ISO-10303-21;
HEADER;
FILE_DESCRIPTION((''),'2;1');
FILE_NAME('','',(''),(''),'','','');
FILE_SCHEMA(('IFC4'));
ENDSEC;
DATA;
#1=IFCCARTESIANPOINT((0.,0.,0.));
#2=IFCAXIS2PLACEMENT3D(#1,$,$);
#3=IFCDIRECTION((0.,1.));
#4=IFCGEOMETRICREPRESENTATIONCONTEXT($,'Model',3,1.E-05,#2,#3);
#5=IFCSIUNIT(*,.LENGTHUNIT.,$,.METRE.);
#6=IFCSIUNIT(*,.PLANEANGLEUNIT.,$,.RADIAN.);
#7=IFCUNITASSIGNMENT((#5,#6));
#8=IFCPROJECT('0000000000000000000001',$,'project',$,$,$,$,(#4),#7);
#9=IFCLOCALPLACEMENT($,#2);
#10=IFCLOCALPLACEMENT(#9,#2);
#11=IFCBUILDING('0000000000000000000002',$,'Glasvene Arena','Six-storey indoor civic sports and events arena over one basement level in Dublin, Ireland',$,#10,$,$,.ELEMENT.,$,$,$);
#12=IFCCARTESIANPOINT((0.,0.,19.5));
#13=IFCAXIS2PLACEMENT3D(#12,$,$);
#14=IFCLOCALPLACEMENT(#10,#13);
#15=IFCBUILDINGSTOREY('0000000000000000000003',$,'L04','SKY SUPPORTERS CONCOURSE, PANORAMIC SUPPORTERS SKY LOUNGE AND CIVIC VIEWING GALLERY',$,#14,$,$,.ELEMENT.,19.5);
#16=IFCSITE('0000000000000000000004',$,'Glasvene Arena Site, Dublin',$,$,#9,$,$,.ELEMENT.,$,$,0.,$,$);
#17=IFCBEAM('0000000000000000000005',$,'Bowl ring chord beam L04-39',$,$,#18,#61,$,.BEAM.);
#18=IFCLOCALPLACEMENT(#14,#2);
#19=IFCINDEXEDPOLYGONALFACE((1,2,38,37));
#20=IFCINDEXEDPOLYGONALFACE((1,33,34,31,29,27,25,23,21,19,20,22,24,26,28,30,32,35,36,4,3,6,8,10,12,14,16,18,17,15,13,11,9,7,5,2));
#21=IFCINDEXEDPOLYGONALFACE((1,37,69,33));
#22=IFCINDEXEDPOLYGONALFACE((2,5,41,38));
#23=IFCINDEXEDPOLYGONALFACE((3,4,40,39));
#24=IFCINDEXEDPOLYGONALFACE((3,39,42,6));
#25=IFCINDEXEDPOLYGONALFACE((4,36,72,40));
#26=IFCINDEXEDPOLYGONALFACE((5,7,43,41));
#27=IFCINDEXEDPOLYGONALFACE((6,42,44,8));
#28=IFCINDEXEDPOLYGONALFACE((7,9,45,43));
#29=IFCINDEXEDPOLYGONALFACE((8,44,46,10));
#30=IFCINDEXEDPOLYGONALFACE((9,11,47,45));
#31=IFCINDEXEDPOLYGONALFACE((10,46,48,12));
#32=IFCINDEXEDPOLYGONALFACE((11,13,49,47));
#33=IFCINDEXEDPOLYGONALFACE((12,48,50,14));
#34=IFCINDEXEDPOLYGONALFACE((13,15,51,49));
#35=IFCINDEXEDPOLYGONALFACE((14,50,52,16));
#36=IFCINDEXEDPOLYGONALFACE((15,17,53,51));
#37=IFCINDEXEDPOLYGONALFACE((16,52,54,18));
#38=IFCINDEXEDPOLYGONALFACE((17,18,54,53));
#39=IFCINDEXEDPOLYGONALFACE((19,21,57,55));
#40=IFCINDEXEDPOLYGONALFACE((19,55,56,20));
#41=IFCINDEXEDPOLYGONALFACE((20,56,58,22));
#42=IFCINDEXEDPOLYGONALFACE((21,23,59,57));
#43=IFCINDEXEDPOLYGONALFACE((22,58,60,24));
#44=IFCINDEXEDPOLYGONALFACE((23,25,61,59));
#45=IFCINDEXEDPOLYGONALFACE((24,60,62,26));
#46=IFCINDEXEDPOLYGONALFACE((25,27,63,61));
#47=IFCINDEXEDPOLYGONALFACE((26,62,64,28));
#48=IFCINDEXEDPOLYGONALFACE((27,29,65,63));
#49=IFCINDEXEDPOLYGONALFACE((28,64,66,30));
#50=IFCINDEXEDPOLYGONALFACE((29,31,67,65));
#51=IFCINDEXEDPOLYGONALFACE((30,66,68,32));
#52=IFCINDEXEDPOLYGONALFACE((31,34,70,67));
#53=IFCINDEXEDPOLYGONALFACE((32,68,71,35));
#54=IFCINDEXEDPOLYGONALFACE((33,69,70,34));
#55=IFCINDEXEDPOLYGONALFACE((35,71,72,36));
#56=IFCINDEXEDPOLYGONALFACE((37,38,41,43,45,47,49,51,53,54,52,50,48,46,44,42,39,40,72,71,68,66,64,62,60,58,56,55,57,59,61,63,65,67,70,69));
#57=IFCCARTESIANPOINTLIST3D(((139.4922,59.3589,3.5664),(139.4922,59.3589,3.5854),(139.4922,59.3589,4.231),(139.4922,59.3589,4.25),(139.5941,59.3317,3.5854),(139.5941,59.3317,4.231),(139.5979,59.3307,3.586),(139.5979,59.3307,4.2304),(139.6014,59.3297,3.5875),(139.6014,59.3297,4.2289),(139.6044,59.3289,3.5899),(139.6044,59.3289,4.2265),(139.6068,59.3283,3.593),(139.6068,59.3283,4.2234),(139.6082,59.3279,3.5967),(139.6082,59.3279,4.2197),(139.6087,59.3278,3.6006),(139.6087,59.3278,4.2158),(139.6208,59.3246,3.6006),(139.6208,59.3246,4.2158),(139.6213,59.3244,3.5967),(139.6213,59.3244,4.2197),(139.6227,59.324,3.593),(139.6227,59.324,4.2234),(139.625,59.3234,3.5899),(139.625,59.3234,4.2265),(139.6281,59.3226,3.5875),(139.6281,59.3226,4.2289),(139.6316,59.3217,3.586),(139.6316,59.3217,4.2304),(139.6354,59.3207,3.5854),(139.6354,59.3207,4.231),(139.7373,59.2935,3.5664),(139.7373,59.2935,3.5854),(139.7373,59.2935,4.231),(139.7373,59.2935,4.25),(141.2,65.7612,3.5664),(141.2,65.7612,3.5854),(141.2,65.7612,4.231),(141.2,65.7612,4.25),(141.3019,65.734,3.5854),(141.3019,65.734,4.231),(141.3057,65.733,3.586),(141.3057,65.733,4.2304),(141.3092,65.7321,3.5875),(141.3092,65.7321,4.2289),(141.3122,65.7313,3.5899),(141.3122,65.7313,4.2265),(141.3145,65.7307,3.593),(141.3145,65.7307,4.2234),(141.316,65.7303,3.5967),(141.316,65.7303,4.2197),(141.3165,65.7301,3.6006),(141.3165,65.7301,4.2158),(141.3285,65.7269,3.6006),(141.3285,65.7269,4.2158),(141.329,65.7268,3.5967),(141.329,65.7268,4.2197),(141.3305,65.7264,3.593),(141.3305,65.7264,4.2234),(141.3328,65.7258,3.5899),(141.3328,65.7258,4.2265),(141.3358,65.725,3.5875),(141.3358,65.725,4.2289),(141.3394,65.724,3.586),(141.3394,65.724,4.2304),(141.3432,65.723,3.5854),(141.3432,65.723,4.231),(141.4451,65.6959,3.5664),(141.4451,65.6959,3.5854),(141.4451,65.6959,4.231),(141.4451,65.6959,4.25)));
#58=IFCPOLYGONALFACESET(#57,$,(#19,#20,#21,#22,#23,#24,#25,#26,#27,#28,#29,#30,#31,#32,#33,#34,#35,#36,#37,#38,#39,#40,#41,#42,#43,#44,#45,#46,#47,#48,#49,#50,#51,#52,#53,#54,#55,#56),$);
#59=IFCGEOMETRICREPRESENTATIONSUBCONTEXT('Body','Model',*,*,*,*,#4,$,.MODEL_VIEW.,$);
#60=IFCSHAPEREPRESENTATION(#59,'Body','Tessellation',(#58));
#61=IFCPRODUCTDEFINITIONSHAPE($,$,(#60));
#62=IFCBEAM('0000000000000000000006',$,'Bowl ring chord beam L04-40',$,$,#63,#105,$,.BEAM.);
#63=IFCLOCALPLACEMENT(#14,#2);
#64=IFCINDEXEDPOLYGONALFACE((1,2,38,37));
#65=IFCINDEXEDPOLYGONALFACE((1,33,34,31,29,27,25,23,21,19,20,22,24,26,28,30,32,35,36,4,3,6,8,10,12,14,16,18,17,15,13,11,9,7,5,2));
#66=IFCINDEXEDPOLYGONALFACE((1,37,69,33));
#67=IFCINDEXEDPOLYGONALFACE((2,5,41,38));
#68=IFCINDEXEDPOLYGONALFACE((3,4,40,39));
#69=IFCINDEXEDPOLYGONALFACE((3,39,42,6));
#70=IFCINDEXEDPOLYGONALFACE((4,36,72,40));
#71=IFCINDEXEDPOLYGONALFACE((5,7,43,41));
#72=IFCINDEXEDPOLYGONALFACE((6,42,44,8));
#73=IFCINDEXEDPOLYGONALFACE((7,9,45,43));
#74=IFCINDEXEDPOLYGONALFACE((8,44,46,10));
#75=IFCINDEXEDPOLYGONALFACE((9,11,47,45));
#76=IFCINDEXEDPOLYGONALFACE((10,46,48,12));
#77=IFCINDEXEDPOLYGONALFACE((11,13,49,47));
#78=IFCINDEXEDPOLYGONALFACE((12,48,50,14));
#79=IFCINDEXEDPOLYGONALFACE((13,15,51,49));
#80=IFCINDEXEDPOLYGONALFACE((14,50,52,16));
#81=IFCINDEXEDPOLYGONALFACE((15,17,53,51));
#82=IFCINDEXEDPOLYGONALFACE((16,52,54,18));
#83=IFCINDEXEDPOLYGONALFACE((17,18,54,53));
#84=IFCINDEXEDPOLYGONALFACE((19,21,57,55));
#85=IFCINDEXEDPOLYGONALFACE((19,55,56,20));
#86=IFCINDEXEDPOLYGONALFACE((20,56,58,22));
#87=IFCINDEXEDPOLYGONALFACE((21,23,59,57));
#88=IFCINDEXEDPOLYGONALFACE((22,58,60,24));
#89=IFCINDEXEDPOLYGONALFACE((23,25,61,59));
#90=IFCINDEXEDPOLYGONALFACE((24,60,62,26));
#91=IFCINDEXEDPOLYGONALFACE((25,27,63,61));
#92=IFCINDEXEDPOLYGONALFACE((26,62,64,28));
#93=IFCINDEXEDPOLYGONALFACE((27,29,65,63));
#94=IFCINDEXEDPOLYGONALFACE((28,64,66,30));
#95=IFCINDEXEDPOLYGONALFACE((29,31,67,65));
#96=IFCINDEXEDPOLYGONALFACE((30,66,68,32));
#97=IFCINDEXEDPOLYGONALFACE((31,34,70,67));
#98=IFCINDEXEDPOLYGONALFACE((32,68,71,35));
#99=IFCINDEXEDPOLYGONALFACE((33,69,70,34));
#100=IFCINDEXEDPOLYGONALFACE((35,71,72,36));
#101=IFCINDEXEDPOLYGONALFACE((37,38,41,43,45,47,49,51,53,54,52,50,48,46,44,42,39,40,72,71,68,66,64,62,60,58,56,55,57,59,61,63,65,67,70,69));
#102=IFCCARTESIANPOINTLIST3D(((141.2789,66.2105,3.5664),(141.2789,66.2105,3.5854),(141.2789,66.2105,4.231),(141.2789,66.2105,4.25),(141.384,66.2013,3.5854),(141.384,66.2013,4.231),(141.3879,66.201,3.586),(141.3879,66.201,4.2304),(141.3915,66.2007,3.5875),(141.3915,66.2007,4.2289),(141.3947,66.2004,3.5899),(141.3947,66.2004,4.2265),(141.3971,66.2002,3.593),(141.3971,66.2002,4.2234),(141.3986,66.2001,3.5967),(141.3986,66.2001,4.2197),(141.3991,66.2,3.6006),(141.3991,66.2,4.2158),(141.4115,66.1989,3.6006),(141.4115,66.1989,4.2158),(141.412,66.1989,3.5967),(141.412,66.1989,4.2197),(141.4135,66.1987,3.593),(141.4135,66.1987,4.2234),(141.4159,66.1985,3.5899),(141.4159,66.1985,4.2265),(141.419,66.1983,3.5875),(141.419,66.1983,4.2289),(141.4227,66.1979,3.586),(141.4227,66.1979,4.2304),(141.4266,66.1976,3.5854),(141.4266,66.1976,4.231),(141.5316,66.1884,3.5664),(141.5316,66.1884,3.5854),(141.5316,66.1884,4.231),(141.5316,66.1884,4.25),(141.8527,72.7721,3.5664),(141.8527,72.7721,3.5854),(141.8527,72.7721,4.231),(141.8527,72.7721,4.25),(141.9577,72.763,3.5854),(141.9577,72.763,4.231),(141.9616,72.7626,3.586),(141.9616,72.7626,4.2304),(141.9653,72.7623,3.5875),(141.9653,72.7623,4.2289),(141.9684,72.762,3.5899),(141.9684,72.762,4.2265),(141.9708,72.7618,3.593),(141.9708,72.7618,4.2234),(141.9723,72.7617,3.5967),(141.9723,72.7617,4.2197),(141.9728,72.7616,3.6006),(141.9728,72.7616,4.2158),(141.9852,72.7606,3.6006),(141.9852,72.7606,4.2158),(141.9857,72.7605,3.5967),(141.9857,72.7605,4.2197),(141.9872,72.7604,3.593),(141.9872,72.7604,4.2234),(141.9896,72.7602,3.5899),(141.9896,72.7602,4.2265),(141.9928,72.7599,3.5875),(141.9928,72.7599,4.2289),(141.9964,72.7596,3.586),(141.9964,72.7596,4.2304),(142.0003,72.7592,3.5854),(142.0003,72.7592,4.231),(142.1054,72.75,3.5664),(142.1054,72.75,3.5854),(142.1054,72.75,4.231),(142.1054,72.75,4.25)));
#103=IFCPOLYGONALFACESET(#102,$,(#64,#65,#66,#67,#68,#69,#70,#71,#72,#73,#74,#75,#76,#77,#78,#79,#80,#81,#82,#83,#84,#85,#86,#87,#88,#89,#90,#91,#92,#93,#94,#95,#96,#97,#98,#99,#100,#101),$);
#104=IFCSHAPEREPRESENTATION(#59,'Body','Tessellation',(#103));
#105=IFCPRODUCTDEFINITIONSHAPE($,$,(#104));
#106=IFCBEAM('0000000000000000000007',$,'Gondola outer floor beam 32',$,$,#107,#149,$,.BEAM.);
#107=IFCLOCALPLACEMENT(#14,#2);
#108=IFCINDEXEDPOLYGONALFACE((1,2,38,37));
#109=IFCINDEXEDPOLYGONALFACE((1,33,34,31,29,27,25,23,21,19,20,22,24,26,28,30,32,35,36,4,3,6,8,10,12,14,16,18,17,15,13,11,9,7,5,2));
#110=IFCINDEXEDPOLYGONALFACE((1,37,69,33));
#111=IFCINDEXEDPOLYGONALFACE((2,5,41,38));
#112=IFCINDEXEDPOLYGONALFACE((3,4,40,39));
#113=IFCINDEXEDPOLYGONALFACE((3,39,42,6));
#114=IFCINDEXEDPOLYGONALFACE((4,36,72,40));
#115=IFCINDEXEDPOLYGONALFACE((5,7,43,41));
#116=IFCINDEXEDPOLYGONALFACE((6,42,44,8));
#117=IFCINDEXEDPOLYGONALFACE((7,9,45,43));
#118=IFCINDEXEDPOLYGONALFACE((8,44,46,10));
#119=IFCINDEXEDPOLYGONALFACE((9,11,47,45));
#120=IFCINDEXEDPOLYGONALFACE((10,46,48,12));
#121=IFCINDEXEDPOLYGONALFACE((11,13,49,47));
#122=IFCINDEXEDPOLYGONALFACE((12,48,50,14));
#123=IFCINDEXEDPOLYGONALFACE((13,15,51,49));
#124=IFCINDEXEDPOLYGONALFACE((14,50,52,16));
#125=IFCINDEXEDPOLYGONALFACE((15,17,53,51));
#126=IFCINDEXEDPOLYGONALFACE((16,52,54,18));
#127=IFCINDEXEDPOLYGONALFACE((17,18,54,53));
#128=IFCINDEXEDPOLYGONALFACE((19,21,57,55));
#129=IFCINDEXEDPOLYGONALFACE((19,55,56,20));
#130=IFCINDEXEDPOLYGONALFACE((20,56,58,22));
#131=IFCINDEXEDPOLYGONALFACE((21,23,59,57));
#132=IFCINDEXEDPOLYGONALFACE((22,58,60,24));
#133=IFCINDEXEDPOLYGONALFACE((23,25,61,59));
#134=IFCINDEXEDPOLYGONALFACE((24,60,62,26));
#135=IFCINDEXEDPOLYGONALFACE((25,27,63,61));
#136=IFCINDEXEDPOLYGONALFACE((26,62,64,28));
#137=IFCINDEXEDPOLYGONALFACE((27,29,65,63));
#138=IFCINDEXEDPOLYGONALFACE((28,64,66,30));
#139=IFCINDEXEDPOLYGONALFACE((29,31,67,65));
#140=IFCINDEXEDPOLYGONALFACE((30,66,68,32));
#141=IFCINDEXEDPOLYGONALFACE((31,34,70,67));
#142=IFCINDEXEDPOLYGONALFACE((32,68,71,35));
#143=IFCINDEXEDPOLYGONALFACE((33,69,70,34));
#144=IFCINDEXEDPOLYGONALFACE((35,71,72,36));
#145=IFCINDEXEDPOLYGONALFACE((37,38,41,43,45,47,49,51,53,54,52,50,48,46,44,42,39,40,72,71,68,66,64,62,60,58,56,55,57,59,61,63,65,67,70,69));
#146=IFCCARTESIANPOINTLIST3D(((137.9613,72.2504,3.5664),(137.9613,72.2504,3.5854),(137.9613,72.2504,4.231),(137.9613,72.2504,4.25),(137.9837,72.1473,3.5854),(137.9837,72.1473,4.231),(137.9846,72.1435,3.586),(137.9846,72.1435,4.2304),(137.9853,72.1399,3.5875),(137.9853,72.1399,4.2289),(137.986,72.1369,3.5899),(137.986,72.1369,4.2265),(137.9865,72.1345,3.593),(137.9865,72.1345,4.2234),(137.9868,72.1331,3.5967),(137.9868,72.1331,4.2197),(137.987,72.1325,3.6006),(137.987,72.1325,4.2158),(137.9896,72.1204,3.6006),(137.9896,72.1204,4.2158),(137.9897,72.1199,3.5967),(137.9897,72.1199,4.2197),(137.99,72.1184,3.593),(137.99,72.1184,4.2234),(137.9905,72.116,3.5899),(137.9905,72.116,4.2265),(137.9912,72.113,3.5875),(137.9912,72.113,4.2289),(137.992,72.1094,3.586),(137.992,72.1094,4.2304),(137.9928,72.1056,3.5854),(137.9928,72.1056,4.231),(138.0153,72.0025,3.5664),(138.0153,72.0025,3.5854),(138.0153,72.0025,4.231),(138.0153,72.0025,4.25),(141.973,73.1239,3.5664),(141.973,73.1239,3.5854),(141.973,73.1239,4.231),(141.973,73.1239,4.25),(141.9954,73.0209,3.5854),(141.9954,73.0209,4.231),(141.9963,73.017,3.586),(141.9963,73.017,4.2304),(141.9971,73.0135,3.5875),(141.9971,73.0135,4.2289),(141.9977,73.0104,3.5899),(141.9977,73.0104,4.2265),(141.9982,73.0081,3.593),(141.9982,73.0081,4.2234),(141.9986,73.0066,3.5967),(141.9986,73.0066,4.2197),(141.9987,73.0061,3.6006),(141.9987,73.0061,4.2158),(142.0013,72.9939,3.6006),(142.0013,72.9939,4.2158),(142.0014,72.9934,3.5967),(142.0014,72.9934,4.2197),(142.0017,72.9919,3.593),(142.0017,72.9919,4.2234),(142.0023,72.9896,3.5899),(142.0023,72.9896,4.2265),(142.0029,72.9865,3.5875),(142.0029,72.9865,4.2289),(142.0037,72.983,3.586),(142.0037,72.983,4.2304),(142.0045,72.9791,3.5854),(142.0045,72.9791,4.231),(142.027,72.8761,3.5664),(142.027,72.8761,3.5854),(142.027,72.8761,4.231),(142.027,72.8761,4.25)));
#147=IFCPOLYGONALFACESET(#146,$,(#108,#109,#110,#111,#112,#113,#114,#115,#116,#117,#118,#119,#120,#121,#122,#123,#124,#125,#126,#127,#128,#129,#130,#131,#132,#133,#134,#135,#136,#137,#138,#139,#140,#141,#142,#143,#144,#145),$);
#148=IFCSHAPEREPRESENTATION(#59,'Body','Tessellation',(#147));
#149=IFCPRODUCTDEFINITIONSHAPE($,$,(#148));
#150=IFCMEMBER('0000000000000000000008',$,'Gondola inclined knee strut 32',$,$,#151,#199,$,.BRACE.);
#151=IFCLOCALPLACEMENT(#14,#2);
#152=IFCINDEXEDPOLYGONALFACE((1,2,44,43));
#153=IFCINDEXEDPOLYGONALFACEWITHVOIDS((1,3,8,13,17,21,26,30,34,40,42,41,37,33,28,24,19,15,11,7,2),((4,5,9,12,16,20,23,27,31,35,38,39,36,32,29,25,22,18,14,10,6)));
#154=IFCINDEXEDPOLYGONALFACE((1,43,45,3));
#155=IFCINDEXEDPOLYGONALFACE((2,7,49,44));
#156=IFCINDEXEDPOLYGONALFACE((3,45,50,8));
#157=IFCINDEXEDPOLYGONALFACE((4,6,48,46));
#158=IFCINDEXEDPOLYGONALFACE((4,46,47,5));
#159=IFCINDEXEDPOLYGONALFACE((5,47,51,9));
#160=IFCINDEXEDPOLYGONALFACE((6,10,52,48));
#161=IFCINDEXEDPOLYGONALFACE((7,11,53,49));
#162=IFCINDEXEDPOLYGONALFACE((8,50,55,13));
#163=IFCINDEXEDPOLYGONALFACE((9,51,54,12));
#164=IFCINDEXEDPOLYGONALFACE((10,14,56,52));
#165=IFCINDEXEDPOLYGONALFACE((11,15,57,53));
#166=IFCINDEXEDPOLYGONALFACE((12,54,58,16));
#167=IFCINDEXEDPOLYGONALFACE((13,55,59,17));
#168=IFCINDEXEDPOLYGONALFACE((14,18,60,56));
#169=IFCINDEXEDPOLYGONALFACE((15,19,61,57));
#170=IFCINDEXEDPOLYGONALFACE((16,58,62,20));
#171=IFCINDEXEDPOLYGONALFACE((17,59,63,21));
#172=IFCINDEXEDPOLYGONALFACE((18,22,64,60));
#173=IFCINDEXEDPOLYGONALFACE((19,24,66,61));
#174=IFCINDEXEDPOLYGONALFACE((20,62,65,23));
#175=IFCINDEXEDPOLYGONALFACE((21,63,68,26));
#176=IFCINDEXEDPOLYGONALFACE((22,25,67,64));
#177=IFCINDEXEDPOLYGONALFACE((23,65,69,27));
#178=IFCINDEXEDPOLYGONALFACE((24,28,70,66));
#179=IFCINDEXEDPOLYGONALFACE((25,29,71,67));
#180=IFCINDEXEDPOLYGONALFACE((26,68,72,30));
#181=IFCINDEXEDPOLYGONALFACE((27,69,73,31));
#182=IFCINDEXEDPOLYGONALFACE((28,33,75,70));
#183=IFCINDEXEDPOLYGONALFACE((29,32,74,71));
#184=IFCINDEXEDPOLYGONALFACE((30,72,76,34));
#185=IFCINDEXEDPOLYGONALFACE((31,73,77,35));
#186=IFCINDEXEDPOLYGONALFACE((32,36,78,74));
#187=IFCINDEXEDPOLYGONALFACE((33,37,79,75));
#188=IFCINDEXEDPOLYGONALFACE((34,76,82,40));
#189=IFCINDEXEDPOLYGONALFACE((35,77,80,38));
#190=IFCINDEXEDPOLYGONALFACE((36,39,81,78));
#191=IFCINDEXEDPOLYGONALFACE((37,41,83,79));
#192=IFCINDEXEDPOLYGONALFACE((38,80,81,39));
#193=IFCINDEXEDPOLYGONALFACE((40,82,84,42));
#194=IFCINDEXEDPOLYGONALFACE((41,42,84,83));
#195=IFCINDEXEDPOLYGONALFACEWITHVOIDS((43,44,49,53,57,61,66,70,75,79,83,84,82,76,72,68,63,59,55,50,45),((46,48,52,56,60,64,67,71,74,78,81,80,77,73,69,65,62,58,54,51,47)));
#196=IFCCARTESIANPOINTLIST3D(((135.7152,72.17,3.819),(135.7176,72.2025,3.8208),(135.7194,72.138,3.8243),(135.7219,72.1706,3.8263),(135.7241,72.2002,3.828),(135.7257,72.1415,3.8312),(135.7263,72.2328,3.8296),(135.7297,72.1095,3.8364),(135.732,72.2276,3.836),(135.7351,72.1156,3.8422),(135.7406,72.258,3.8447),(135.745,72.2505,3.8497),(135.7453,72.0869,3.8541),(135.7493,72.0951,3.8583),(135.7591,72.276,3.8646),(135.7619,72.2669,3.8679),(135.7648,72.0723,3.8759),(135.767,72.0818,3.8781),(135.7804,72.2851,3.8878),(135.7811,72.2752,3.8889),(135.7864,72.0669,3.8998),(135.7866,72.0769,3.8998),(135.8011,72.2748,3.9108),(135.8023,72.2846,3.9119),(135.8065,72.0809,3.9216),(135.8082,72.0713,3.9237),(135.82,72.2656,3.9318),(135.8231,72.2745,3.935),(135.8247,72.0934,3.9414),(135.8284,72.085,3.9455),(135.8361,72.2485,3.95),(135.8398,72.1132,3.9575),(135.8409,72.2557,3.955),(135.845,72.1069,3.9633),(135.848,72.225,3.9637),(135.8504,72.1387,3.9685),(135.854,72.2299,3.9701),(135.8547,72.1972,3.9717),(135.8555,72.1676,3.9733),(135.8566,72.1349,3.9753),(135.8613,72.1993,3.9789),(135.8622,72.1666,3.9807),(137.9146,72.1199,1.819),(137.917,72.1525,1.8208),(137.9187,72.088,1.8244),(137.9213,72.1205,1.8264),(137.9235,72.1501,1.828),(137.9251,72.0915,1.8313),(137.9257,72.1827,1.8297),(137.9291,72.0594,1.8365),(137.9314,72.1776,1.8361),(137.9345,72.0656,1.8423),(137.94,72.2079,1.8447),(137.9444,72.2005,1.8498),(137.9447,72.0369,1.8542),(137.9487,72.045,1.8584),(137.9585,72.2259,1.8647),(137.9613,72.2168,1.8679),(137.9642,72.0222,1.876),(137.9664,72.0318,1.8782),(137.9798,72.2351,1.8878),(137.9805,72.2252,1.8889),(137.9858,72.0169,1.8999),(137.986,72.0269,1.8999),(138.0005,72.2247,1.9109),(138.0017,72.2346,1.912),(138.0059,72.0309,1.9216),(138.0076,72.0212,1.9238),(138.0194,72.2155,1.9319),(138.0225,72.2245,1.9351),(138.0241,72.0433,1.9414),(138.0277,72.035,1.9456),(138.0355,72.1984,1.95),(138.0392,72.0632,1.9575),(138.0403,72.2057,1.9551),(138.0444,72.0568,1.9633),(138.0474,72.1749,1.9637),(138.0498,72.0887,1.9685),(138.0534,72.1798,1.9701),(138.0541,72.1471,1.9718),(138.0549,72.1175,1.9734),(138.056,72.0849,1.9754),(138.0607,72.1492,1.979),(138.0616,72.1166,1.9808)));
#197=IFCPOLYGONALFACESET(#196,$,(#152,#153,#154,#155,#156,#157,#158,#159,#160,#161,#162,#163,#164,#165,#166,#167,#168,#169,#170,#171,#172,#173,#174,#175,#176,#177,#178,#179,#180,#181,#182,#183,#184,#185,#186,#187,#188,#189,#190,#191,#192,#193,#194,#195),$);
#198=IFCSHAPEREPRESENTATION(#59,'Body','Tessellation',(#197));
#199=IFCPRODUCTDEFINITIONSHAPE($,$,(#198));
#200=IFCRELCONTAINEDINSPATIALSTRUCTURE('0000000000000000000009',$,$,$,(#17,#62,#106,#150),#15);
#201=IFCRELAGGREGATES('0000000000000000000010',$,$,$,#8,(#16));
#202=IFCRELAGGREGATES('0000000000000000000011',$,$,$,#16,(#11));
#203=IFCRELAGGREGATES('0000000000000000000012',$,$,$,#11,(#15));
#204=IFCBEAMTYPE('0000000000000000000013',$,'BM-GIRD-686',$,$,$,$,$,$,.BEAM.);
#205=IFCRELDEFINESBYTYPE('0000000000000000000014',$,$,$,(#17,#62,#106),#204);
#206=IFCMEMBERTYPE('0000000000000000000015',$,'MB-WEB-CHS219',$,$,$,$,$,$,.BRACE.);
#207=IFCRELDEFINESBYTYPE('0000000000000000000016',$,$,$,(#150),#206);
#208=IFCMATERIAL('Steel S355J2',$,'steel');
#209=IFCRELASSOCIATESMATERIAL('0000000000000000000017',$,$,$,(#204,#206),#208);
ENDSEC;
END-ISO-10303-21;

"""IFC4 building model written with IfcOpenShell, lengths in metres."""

from ifc_helpers import new_model, si_unit, direction, frame, origin, origin_2d, place, context, subcontext, project, spatial, hollow_circle, i_section, extrude, material, material_profile, profile_set, type_object, element, save


model = new_model("IFC4")

# Units and contexts
model_context = context("Model", 3, precision=1e-05, world=origin(), true_north=direction((0.0, 1.0)))
body_context = subcontext(model_context, "Body", "Model", "MODEL_VIEW")
ifc_project = project(units=[si_unit("LENGTHUNIT", "METRE"), si_unit("PLANEANGLEUNIT", "RADIAN")], contexts=[model_context])

# Site, building, storey
site_placement = place(None, origin())
site = spatial("IfcSite", under=ifc_project, at=site_placement, Name="Glasvene Arena Site, Dublin", CompositionType="ELEMENT", RefElevation=0.0)
building_placement = place(site_placement, origin())
building = spatial("IfcBuilding", under=site, at=building_placement, Name="Glasvene Arena", Description="Six-storey indoor civic sports and events arena over one basement level in Dublin, Ireland", CompositionType="ELEMENT")
storey_placement = place(building_placement, frame((0.0, 0.0, 19.5)))
storey = spatial("IfcBuildingStorey", under=building, at=storey_placement, Name="L04", Description="SKY SUPPORTERS CONCOURSE, PANORAMIC SUPPORTERS SKY LOUNGE AND CIVIC VIEWING GALLERY", CompositionType="ELEMENT", Elevation=19.5)

# Shared definitions
ifc_material_1 = material(Name="Steel S355J2", Category="steel")

# Beams
ifc_material_profile_1 = material_profile(ifc_material_1, i_section(OverallWidth=0.2537, OverallDepth=0.6836, WebThickness=0.0125, FlangeThickness=0.019, FilletRadius=0.0151, at=origin_2d()), Name="UKB 686x254x140")
ifc_profile_set_1 = profile_set([ifc_material_profile_1], Name="Steel S355J2")
beam_type = type_object("IfcBeamType", Name="BM-GIRD-686", PredefinedType="BEAM", material=ifc_profile_set_1)
beam_1_placement = place(storey_placement, frame((139.6147, 59.3262, 3.9082), z_axis=(0.257729, 0.966217, 0.0), x_axis=(-0.966217, 0.257729, 0.0)))
element("IfcBeam", 1, at=beam_1_placement, inside=storey, type_object=beam_type, Name="Bowl ring chord beam L04-39", PredefinedType="BEAM", context=body_context, shape_type="SweptSolid", body=[
    extrude(i_section(OverallWidth=0.2537, OverallDepth=0.6836, WebThickness=0.0125, FlangeThickness=0.019, FilletRadius=0.0151, at=origin_2d()), origin(), (0.0, 0.0, 1.0), 6.6262),
])
beam_2_placement = place(storey_placement, frame((141.4053, 66.1995, 3.9082), z_axis=(0.087106, 0.996199, 0.0), x_axis=(-0.996199, 0.087106, 0.0)))
element("IfcBeam", 2, at=beam_2_placement, inside=storey, type_object=beam_type, Name="Bowl ring chord beam L04-40", PredefinedType="BEAM", context=body_context, shape_type="SweptSolid", body=[
    extrude(i_section(OverallWidth=0.2537, OverallDepth=0.6836, WebThickness=0.0125, FlangeThickness=0.019, FilletRadius=0.0151, at=origin_2d()), origin(), (0.0, 0.0, 1.0), 6.5867),
])
beam_3_placement = place(storey_placement, frame((137.9883, 72.1265, 3.9082), z_axis=(0.977104, 0.21276, 0.0), x_axis=(-0.21276, 0.977104, 0.0)))
element("IfcBeam", 3, at=beam_3_placement, inside=storey, type_object=beam_type, Name="Gondola outer floor beam 32", PredefinedType="BEAM", context=body_context, shape_type="SweptSolid", body=[
    extrude(i_section(OverallWidth=0.2537, OverallDepth=0.6836, WebThickness=0.0125, FlangeThickness=0.019, FilletRadius=0.0151, at=origin_2d()), origin(), (0.0, 0.0, 1.0), 4.1057),
])

# Member
ifc_material_profile_2 = material_profile(ifc_material_1, hollow_circle(Radius=0.1096, WallThickness=0.01, at=origin_2d()), Name="CHS 219.1x10.0")
ifc_profile_set_2 = profile_set([ifc_material_profile_2], Name="Steel S355J2")
member_type = type_object("IfcMemberType", Name="MB-WEB-CHS219", PredefinedType="BRACE", material=ifc_profile_set_2)
member_placement = place(storey_placement, frame((137.9883, 72.1265, 1.8999), z_axis=(-0.739753, 0.016833, 0.672667), x_axis=(-0.022749, -0.999741, 0.0)))
element("IfcMember", 4, at=member_placement, inside=storey, type_object=member_type, Name="Gondola inclined knee strut 32", PredefinedType="BRACE", context=body_context, shape_type="SweptSolid", body=[
    extrude(hollow_circle(Radius=0.1096, WallThickness=0.01, at=origin_2d()), origin(), (0.0, 0.0, 1.0), 2.9731),
])

save(model, "model.ifc")
